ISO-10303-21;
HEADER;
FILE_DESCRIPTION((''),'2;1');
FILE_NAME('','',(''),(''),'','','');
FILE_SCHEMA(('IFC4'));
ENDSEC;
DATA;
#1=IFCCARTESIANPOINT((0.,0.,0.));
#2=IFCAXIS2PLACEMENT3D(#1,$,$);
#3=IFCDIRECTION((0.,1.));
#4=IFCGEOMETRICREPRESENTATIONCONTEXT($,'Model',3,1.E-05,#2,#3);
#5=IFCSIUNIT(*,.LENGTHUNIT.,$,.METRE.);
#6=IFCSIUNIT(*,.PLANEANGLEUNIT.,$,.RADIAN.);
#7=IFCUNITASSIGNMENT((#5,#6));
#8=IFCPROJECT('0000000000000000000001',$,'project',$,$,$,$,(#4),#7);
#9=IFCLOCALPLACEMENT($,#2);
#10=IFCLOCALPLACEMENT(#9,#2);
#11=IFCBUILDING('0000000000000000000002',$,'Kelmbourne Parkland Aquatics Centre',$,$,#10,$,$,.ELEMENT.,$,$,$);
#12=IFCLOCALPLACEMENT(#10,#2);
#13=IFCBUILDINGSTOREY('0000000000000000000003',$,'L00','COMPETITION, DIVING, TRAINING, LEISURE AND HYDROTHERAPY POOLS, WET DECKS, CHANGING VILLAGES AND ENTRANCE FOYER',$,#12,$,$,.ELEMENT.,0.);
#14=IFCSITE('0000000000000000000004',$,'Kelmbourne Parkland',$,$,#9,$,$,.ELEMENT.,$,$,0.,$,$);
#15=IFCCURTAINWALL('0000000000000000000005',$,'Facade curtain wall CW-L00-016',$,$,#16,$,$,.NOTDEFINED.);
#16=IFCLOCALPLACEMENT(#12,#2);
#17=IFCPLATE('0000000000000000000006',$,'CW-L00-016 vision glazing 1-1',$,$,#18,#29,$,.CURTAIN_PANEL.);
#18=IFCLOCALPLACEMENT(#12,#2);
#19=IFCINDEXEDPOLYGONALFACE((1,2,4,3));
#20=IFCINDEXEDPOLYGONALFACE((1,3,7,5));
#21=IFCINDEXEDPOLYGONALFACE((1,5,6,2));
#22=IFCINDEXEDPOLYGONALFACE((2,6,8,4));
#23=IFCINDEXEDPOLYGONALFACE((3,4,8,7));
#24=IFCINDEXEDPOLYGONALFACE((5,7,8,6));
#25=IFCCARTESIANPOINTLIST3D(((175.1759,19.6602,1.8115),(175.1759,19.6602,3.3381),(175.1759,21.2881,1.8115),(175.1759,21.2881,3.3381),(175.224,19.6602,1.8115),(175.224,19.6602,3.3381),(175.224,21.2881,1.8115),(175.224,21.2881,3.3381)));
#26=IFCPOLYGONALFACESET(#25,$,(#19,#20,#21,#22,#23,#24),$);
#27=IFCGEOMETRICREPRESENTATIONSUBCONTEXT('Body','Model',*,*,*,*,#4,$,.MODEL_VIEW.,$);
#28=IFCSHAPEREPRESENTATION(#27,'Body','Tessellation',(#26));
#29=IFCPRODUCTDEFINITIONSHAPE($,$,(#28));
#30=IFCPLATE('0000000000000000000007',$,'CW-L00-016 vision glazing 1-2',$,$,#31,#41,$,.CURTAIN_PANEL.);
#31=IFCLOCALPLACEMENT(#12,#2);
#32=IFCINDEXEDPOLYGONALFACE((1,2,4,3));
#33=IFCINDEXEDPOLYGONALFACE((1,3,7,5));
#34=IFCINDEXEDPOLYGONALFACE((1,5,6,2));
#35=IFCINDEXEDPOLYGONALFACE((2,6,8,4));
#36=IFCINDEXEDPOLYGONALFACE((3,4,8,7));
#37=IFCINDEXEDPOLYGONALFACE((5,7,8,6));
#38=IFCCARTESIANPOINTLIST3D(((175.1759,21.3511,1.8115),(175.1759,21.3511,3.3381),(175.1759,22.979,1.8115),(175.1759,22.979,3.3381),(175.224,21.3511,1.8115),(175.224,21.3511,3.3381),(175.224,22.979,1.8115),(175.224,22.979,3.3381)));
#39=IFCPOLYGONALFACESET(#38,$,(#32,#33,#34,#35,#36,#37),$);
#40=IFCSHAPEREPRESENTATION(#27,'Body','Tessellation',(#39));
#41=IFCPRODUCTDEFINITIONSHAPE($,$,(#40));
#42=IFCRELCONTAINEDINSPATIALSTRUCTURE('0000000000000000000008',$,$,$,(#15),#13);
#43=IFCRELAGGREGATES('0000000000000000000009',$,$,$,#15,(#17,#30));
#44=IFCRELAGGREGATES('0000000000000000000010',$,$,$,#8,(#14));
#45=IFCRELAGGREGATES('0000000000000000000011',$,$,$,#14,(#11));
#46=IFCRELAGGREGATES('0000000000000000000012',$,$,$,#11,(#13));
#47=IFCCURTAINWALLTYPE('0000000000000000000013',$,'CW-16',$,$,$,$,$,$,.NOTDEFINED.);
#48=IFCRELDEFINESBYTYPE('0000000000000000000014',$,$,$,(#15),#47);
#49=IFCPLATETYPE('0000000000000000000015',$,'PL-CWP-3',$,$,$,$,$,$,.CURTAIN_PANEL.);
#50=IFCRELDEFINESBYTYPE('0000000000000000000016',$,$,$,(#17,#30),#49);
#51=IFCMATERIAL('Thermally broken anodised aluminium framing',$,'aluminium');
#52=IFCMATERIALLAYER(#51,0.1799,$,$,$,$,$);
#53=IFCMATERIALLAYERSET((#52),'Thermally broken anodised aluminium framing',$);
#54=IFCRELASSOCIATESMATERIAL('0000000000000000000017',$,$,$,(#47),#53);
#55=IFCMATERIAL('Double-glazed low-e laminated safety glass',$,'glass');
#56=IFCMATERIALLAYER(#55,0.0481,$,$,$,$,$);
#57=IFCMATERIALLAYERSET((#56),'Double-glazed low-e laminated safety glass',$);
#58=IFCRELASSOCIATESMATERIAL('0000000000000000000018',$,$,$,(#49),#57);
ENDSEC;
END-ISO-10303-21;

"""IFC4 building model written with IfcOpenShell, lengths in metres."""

from ifc_helpers import new_model, si_unit, direction, frame, origin, origin_2d, place, context, subcontext, project, spatial, rectangle, extrude, material, layer, layer_set, type_object, element, aggregate, save


model = new_model("IFC4")

# Units and contexts
model_context = context("Model", 3, precision=1e-05, world=origin(), true_north=direction((0.0, 1.0)))
body_context = subcontext(model_context, "Body", "Model", "MODEL_VIEW")
ifc_project = project(units=[si_unit("LENGTHUNIT", "METRE"), si_unit("PLANEANGLEUNIT", "RADIAN")], contexts=[model_context])

# Site, building, storey
site_placement = place(None, origin())
site = spatial("IfcSite", under=ifc_project, at=site_placement, Name="Kelmbourne Parkland", CompositionType="ELEMENT", RefElevation=0.0)
building_placement = place(site_placement, origin())
building = spatial("IfcBuilding", under=site, at=building_placement, Name="Kelmbourne Parkland Aquatics Centre", CompositionType="ELEMENT")
storey_placement = place(building_placement, origin())
storey = spatial("IfcBuildingStorey", under=building, at=storey_placement, Name="L00", Description="COMPETITION, DIVING, TRAINING, LEISURE AND HYDROTHERAPY POOLS, WET DECKS, CHANGING VILLAGES AND ENTRANCE FOYER", CompositionType="ELEMENT", Elevation=0.0)

# Curtain wall
ifc_material_1 = material(Name="Thermally broken anodised aluminium framing", Category="aluminium")
ifc_layer_1 = layer(ifc_material_1, 0.1799)
ifc_layer_set_1 = layer_set([ifc_layer_1], Name="Thermally broken anodised aluminium framing")
curtain_wall_type_1 = type_object("IfcCurtainWallType", Name="CW-16", PredefinedType="NOTDEFINED", material=ifc_layer_set_1)
curtain_wall_1_placement = place(storey_placement, origin())
curtain_wall_1 = element("IfcCurtainWall", 1, at=curtain_wall_1_placement, inside=storey, type_object=curtain_wall_type_1, Name="Facade curtain wall CW-L00-016", PredefinedType="NOTDEFINED")

# Plates
ifc_material_2 = material(Name="Double-glazed low-e laminated safety glass", Category="glass")
ifc_layer_2 = layer(ifc_material_2, 0.0481)
ifc_layer_set_2 = layer_set([ifc_layer_2], Name="Double-glazed low-e laminated safety glass")
plate_type_1 = type_object("IfcPlateType", Name="PL-CWP-3", PredefinedType="CURTAIN_PANEL", material=ifc_layer_set_2)
plate_1_placement = place(storey_placement, frame((175.2, 20.4741, 1.8115), z_axis=(0.0, 0.0, 1.0), x_axis=(0.0, 1.0, 0.0)))
plate_1 = element("IfcPlate", 2, at=plate_1_placement, type_object=plate_type_1, Name="CW-L00-016 vision glazing 1-1", PredefinedType="CURTAIN_PANEL", context=body_context, shape_type="SweptSolid", body=[
    extrude(rectangle(XDim=1.6279, YDim=0.0481, at=origin_2d()), origin(), (0.0, 0.0, 1.0), 1.5266),
])
plate_2_placement = place(storey_placement, frame((175.2, 22.165, 1.8115), z_axis=(0.0, 0.0, 1.0), x_axis=(0.0, 1.0, 0.0)))
plate_2 = element("IfcPlate", 3, at=plate_2_placement, type_object=plate_type_1, Name="CW-L00-016 vision glazing 1-2", PredefinedType="CURTAIN_PANEL", context=body_context, shape_type="SweptSolid", body=[
    extrude(rectangle(XDim=1.6279, YDim=0.0481, at=origin_2d()), origin(), (0.0, 0.0, 1.0), 1.5266),
])
aggregate(curtain_wall_1, [plate_1, plate_2])

save(model, "model.ifc")
